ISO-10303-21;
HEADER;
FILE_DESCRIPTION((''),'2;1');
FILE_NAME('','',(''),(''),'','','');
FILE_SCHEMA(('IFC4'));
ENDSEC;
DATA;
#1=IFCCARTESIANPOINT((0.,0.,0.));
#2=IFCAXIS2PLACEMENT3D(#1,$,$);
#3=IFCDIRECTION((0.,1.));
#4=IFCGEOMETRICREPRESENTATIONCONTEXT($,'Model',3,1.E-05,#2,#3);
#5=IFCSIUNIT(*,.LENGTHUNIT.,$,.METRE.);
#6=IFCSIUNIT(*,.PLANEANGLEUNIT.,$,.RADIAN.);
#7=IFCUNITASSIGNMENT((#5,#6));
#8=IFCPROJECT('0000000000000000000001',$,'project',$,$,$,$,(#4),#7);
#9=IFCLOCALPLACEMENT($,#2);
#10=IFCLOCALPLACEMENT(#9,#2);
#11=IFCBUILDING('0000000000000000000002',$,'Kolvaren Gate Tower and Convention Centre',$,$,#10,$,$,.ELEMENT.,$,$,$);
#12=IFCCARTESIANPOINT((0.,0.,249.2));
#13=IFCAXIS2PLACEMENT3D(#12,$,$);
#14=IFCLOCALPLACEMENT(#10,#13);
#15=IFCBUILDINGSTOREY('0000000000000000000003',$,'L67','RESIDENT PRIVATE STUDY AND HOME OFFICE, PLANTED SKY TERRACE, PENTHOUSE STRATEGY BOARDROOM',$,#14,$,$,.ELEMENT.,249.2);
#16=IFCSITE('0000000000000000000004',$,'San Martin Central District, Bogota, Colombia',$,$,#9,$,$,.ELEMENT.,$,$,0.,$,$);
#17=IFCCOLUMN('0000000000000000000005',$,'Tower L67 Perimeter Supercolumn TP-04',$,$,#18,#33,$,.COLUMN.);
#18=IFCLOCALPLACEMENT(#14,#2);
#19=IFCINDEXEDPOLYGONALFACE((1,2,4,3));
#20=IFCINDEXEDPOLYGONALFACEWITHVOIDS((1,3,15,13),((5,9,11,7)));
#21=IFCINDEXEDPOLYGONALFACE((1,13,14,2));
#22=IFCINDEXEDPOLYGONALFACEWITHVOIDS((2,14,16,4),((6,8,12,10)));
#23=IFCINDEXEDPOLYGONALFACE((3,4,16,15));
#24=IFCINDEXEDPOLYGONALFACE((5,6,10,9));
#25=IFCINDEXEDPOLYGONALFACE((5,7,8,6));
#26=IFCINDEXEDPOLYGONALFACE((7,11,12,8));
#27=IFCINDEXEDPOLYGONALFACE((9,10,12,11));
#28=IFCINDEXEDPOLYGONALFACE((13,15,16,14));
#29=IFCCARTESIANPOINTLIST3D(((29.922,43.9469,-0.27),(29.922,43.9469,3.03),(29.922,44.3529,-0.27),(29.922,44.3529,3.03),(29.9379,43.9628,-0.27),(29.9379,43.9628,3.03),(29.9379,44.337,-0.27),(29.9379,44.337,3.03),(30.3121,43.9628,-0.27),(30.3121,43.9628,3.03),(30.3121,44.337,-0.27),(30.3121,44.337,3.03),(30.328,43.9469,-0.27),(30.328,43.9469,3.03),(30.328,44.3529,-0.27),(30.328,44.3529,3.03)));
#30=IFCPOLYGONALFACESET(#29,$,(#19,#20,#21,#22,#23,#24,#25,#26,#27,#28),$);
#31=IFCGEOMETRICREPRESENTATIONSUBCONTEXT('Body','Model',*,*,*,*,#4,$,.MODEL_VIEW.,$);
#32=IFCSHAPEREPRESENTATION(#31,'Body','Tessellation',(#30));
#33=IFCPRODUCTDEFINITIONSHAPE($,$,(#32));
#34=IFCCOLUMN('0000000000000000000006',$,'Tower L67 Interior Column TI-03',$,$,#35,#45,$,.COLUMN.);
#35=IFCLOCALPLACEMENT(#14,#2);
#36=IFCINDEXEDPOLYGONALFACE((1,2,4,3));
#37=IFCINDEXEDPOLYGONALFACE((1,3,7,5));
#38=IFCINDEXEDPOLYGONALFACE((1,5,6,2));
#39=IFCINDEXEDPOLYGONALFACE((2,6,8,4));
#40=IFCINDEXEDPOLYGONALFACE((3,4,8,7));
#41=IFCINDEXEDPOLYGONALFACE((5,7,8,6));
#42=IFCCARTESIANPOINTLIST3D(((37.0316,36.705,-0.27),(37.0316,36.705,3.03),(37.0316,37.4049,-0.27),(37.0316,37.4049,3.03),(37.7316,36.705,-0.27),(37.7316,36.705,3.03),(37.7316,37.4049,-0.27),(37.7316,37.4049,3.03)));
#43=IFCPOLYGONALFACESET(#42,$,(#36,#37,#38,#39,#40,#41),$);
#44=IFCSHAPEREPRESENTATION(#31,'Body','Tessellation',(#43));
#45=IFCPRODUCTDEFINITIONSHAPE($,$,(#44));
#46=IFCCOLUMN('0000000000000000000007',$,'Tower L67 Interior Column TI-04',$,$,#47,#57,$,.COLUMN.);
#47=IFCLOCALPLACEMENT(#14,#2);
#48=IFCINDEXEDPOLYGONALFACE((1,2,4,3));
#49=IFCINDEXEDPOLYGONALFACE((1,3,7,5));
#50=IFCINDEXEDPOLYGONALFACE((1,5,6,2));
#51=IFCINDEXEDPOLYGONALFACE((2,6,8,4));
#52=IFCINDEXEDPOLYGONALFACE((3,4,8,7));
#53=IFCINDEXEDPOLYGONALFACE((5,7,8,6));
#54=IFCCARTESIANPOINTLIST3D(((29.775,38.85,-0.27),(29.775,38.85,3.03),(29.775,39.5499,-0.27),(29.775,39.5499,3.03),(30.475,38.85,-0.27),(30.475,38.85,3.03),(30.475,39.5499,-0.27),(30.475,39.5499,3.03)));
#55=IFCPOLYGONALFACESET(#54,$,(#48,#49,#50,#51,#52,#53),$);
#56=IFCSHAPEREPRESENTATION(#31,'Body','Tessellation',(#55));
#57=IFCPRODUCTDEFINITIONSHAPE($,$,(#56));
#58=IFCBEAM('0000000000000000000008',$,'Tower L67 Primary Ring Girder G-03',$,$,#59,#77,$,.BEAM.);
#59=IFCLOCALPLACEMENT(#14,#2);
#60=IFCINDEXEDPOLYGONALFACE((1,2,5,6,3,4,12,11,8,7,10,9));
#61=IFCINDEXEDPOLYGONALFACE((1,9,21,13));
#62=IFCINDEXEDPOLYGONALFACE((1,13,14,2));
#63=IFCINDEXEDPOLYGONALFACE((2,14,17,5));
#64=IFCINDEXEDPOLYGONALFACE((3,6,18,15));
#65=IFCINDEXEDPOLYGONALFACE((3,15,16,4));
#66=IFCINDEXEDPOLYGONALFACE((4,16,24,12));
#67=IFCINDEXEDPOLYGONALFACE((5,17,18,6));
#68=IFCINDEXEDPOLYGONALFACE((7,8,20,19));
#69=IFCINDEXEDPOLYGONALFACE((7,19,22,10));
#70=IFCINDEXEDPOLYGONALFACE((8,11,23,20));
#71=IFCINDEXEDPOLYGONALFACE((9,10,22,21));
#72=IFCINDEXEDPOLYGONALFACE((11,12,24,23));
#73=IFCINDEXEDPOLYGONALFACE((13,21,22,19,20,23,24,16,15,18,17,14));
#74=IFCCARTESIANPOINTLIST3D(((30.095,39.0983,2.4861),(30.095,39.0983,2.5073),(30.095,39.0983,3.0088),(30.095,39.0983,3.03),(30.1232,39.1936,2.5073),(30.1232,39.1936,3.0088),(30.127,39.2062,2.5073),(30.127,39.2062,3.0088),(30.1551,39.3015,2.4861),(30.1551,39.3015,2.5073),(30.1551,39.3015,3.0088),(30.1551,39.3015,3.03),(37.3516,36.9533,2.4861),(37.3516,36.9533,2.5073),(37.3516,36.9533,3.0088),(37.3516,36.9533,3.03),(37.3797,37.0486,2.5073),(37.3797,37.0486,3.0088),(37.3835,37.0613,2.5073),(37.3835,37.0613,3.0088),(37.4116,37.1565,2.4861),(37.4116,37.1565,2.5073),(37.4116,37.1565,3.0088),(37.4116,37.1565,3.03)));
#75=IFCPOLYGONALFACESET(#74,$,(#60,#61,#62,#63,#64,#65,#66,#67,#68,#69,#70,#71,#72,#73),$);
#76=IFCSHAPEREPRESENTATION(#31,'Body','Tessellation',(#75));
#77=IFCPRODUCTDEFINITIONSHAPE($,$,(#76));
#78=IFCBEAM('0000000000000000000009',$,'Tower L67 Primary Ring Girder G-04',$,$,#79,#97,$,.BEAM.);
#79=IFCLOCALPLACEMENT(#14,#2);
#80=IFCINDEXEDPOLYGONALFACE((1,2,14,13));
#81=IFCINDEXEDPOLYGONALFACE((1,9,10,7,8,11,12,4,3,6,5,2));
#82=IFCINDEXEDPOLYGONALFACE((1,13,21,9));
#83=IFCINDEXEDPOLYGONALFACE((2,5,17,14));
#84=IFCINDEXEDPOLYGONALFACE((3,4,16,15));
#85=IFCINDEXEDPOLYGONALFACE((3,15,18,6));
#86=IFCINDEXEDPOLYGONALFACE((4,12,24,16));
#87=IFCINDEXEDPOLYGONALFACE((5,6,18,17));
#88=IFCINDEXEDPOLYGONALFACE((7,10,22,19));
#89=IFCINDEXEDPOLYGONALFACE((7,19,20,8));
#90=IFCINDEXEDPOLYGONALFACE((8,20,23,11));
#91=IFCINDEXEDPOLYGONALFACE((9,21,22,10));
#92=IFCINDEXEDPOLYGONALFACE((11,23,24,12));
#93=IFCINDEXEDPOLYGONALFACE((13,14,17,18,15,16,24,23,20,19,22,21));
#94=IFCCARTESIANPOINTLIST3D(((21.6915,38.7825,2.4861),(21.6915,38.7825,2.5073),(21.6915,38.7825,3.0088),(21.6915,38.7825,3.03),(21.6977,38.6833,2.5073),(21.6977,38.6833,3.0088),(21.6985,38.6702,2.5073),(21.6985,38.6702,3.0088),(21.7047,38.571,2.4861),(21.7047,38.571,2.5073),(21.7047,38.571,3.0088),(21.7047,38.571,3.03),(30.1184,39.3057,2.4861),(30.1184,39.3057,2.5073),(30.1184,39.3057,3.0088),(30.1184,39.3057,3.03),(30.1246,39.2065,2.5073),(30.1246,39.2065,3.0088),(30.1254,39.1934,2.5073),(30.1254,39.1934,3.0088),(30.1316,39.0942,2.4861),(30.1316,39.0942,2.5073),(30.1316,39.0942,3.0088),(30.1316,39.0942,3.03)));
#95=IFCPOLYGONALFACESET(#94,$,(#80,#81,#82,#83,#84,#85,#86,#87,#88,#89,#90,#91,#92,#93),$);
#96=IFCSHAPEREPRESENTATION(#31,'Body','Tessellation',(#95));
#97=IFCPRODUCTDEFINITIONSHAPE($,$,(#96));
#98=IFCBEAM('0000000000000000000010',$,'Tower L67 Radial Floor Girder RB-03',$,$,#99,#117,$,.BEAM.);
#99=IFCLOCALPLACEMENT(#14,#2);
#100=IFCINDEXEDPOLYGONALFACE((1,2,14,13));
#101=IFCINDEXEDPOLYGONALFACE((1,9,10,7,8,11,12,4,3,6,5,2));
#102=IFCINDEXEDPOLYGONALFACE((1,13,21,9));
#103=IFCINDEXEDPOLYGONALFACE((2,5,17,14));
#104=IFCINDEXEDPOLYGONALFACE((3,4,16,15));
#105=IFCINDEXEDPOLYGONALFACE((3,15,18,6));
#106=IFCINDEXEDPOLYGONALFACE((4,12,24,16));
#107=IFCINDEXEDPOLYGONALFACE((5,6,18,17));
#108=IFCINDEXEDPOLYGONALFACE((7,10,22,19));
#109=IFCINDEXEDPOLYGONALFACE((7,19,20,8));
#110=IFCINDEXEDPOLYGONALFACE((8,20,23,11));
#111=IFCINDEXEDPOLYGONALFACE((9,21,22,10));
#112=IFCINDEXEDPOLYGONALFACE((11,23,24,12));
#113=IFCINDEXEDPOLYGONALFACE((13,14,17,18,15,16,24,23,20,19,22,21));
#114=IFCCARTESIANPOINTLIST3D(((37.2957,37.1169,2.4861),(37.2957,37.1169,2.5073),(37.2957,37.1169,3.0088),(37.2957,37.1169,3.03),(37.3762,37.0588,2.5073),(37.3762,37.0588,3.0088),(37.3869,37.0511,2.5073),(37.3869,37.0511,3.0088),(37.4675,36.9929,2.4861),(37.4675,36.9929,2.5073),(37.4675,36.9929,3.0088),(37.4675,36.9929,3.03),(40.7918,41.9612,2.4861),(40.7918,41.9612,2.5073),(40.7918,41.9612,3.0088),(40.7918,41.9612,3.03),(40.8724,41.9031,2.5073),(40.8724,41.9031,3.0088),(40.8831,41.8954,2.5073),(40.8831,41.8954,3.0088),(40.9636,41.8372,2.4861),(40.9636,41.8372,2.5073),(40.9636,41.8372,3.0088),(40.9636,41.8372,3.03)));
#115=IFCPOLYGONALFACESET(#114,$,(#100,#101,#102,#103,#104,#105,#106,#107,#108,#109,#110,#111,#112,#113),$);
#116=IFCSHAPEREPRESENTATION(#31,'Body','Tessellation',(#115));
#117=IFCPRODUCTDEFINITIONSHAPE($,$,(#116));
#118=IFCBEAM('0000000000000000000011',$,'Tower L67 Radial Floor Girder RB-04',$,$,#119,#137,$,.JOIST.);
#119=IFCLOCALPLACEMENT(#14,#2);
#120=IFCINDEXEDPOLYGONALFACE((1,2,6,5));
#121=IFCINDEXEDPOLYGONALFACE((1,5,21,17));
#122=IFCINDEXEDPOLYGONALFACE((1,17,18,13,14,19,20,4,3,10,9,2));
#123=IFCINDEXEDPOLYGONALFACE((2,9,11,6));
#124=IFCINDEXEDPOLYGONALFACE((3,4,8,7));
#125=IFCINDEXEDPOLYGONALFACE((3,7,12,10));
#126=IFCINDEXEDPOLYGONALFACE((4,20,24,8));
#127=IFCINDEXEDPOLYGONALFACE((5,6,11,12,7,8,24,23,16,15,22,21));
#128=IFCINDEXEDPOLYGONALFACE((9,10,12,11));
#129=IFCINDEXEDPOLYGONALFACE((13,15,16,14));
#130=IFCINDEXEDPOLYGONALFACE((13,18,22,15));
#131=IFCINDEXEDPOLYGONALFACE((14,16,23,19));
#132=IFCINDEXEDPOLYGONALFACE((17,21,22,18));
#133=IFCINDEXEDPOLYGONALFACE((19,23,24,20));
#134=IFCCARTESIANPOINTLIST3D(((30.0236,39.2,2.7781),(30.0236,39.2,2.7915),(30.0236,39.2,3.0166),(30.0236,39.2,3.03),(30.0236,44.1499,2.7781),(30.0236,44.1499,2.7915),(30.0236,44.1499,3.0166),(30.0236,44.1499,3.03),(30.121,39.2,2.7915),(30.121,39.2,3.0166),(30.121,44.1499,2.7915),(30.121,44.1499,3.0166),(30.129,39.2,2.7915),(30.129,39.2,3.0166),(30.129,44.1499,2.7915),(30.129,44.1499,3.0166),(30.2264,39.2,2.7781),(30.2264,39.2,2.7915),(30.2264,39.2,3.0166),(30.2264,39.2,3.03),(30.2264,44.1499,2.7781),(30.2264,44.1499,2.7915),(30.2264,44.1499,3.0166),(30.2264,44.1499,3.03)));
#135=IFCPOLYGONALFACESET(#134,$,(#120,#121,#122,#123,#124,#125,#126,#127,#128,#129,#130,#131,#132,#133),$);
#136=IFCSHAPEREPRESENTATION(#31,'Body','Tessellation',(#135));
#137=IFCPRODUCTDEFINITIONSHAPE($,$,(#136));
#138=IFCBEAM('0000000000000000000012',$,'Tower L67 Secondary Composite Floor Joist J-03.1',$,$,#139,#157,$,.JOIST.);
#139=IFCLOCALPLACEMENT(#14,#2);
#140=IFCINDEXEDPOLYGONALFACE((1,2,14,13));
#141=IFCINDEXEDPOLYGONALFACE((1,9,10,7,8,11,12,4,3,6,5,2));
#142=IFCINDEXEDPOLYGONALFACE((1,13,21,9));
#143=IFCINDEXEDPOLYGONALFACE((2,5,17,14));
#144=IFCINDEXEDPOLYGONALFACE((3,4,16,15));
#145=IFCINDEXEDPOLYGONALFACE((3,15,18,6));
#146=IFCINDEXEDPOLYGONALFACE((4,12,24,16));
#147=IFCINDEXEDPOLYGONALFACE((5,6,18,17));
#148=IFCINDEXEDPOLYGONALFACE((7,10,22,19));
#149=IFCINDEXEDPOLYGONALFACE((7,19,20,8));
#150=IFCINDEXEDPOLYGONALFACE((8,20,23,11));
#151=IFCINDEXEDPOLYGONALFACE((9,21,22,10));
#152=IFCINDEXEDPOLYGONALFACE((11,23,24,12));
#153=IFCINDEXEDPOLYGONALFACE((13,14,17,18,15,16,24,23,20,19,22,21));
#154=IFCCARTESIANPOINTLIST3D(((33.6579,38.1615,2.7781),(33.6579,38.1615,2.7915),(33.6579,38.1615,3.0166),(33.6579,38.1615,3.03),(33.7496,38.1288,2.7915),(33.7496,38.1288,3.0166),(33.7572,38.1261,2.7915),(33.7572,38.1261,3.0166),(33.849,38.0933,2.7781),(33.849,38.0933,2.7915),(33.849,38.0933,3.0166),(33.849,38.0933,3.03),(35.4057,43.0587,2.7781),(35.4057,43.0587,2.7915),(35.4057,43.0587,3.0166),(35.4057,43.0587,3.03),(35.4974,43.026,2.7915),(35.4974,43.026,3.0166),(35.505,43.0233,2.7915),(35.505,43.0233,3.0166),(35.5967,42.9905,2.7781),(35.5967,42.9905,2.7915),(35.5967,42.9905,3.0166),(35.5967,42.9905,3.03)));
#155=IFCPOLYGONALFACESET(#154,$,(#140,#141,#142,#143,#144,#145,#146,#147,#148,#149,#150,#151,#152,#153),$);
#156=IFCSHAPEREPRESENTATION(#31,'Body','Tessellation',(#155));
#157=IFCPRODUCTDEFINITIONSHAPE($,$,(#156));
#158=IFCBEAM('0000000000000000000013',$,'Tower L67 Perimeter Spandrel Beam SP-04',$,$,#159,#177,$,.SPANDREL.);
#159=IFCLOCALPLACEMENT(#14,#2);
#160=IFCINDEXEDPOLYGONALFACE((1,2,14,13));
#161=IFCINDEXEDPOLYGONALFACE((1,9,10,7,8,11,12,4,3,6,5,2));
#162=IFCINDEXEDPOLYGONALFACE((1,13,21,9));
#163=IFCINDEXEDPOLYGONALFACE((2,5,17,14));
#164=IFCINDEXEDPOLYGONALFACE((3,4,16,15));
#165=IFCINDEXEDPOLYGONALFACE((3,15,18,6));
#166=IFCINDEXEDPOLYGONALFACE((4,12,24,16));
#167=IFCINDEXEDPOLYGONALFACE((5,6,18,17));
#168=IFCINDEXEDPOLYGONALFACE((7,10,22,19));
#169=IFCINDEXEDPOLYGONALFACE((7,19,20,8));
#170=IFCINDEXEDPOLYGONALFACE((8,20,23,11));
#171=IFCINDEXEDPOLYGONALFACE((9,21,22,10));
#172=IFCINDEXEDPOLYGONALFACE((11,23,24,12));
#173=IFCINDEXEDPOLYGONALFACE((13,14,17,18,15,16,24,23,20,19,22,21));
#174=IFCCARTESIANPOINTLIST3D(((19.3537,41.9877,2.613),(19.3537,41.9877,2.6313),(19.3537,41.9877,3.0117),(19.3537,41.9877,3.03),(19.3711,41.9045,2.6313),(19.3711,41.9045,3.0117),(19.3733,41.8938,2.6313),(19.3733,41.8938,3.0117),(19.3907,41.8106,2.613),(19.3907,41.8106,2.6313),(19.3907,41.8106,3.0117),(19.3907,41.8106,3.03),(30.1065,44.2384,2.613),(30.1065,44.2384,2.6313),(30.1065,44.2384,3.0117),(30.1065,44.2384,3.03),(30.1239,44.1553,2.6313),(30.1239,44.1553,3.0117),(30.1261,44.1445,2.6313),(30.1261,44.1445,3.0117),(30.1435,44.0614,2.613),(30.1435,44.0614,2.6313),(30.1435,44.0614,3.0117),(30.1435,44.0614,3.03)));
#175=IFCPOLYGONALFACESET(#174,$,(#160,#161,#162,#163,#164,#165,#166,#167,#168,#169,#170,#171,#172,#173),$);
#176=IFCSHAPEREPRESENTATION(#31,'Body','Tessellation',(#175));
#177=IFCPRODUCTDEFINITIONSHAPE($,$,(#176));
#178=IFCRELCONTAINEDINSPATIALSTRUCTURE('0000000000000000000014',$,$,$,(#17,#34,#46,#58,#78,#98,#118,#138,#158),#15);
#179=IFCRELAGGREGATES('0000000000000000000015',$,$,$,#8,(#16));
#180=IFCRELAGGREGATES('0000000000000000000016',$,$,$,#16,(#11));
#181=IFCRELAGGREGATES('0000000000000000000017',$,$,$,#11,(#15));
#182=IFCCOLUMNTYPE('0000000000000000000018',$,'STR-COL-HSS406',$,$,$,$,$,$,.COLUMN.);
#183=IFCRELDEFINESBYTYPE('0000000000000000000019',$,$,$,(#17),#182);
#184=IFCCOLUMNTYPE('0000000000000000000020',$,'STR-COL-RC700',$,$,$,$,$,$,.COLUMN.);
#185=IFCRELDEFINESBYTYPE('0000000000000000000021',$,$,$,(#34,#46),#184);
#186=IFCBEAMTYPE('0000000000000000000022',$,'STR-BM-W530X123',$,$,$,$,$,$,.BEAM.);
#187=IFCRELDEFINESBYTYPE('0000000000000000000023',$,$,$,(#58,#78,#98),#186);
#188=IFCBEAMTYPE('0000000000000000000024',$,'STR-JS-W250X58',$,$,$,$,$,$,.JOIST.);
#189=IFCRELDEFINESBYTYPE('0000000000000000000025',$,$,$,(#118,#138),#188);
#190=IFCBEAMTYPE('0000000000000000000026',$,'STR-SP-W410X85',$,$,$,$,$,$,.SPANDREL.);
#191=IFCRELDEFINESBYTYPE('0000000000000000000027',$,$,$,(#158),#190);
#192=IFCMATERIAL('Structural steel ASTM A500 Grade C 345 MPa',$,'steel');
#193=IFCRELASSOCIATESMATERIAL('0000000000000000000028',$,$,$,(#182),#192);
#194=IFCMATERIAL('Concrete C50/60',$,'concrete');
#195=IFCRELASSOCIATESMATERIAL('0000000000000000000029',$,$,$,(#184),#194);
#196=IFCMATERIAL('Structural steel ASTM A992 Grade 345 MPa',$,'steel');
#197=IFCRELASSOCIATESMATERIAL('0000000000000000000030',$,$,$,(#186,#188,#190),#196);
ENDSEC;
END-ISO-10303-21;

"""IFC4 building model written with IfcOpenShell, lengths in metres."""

from ifc_helpers import new_model, si_unit, direction, frame, origin, origin_2d, place, context, subcontext, project, spatial, rectangle, hollow_rectangle, i_section, extrude, material, material_profile, profile_set, type_object, element, save


model = new_model("IFC4")

# Units and contexts
model_context = context("Model", 3, precision=1e-05, world=origin(), true_north=direction((0.0, 1.0)))
body_context = subcontext(model_context, "Body", "Model", "MODEL_VIEW")
ifc_project = project(units=[si_unit("LENGTHUNIT", "METRE"), si_unit("PLANEANGLEUNIT", "RADIAN")], contexts=[model_context])

# Site, building, storey
site_placement = place(None, origin())
site = spatial("IfcSite", under=ifc_project, at=site_placement, Name="San Martin Central District, Bogota, Colombia", CompositionType="ELEMENT", RefElevation=0.0)
building_placement = place(site_placement, origin())
building = spatial("IfcBuilding", under=site, at=building_placement, Name="Kolvaren Gate Tower and Convention Centre", CompositionType="ELEMENT")
storey_placement = place(building_placement, frame((0.0, 0.0, 249.2)))
storey = spatial("IfcBuildingStorey", under=building, at=storey_placement, Name="L67", Description="RESIDENT PRIVATE STUDY AND HOME OFFICE, PLANTED SKY TERRACE, PENTHOUSE STRATEGY BOARDROOM", CompositionType="ELEMENT", Elevation=249.2)

# Columns
ifc_material_1 = material(Name="Structural steel ASTM A500 Grade C 345 MPa", Category="steel")
ifc_material_profile_1 = material_profile(ifc_material_1, hollow_rectangle(XDim=0.406, YDim=0.406, WallThickness=0.0159, at=origin_2d()), Name="HSS406X406X15.9")
ifc_profile_set_1 = profile_set([ifc_material_profile_1], Name="Structural steel ASTM A500 Grade C 345 MPa")
column_type_1 = type_object("IfcColumnType", Name="STR-COL-HSS406", PredefinedType="COLUMN", material=ifc_profile_set_1)
column_placement = place(storey_placement, frame((30.125, 44.1499, -0.27), z_axis=(0.0, 0.0, 1.0), x_axis=(1.0, 0.0, 0.0)))
element("IfcColumn", 1, at=column_placement, inside=storey, type_object=column_type_1, Name="Tower L67 Perimeter Supercolumn TP-04", PredefinedType="COLUMN", context=body_context, shape_type="SweptSolid", body=[
    extrude(hollow_rectangle(XDim=0.406, YDim=0.406, WallThickness=0.0159, at=origin_2d()), origin(), (0.0, 0.0, 1.0), 3.3),
])
ifc_material_2 = material(Name="Concrete C50/60", Category="concrete")
ifc_material_profile_2 = material_profile(ifc_material_2, rectangle(XDim=0.7, YDim=0.7, at=origin_2d()), Name="RC-COL-700X700")
ifc_profile_set_2 = profile_set([ifc_material_profile_2], Name="Concrete C50/60")
column_type_2 = type_object("IfcColumnType", Name="STR-COL-RC700", PredefinedType="COLUMN", material=ifc_profile_set_2)
for number, where, z_axis, x_axis, name in (
    (2, (37.3816, 37.0549, -0.27), (0.0, 0.0, 1.0), (1.0, 0.0, 0.0), "Tower L67 Interior Column TI-03"),
    (3, (30.125, 39.2, -0.27), (0.0, 0.0, 1.0), (1.0, 0.0, 0.0), "Tower L67 Interior Column TI-04"),
):
    element("IfcColumn", number, at=place(storey_placement, frame(where, z_axis=z_axis, x_axis=x_axis)), inside=storey, type_object=column_type_2, Name=name, PredefinedType="COLUMN", context=body_context, shape_type="SweptSolid", body=[
        extrude(rectangle(XDim=0.7, YDim=0.7, at=origin_2d()), origin(), (0.0, 0.0, 1.0), 3.3),
    ])

# Beams
ifc_material_3 = material(Name="Structural steel ASTM A992 Grade 345 MPa", Category="steel")
ifc_material_profile_3 = material_profile(ifc_material_3, i_section(OverallWidth=0.2119, OverallDepth=0.5439, WebThickness=0.0132, FlangeThickness=0.0212, at=origin_2d()), Name="W530X123")
ifc_profile_set_3 = profile_set([ifc_material_profile_3], Name="Structural steel ASTM A992 Grade 345 MPa")
beam_type_1 = type_object("IfcBeamType", Name="STR-BM-W530X123", PredefinedType="BEAM", material=ifc_profile_set_3)
beam_1_placement = place(storey_placement, frame((37.3816, 37.0549, 2.7581), z_axis=(-0.958981, 0.283471, 0.0), x_axis=(-0.283471, -0.958981, 0.0)))
element("IfcBeam", 4, at=beam_1_placement, inside=storey, type_object=beam_type_1, Name="Tower L67 Primary Ring Girder G-03", PredefinedType="BEAM", context=body_context, shape_type="SweptSolid", body=[
    extrude(i_section(OverallWidth=0.2119, OverallDepth=0.5439, WebThickness=0.0132, FlangeThickness=0.0212, at=origin_2d()), origin(), (0.0, 0.0, 1.0), 7.5669),
])
beam_2_placement = place(storey_placement, frame((30.125, 39.2, 2.7581), z_axis=(-0.998078, -0.061966, 0.0), x_axis=(0.061966, -0.998078, 0.0)))
element("IfcBeam", 5, at=beam_2_placement, inside=storey, type_object=beam_type_1, Name="Tower L67 Primary Ring Girder G-04", PredefinedType="BEAM", context=body_context, shape_type="SweptSolid", body=[
    extrude(i_section(OverallWidth=0.2119, OverallDepth=0.5439, WebThickness=0.0132, FlangeThickness=0.0212, at=origin_2d()), origin(), (0.0, 0.0, 1.0), 8.4431),
])
beam_3_placement = place(storey_placement, frame((37.3816, 37.0549, 2.7581), z_axis=(0.585213, 0.81088, 0.0), x_axis=(-0.81088, 0.585213, 0.0)))
element("IfcBeam", 6, at=beam_3_placement, inside=storey, type_object=beam_type_1, Name="Tower L67 Radial Floor Girder RB-03", PredefinedType="BEAM", context=body_context, shape_type="SweptSolid", body=[
    extrude(i_section(OverallWidth=0.2119, OverallDepth=0.5439, WebThickness=0.0132, FlangeThickness=0.0212, at=origin_2d()), origin(), (0.0, 0.0, 1.0), 5.9741),
])
ifc_material_profile_4 = material_profile(ifc_material_3, i_section(OverallWidth=0.2029, OverallDepth=0.252, WebThickness=0.0081, FlangeThickness=0.0134, at=origin_2d()), Name="W250X58")
ifc_profile_set_4 = profile_set([ifc_material_profile_4], Name="Structural steel ASTM A992 Grade 345 MPa")
beam_type_2 = type_object("IfcBeamType", Name="STR-JS-W250X58", PredefinedType="JOIST", material=ifc_profile_set_4)
beam_4_placement = place(storey_placement, frame((30.125, 39.2, 2.9041), z_axis=(0.0, 1.0, 0.0), x_axis=(-1.0, 0.0, 0.0)))
element("IfcBeam", 7, at=beam_4_placement, inside=storey, type_object=beam_type_2, Name="Tower L67 Radial Floor Girder RB-04", PredefinedType="JOIST", context=body_context, shape_type="SweptSolid", body=[
    extrude(i_section(OverallWidth=0.2029, OverallDepth=0.252, WebThickness=0.0081, FlangeThickness=0.0134, at=origin_2d()), origin(), (0.0, 0.0, 1.0), 4.95),
])
beam_5_placement = place(storey_placement, frame((33.7534, 38.1274, 2.9041), z_axis=(0.336131, 0.941815, 0.0), x_axis=(-0.941815, 0.336131, 0.0)))
element("IfcBeam", 8, at=beam_5_placement, inside=storey, type_object=beam_type_2, Name="Tower L67 Secondary Composite Floor Joist J-03.1", PredefinedType="JOIST", context=body_context, shape_type="SweptSolid", body=[
    extrude(i_section(OverallWidth=0.2029, OverallDepth=0.252, WebThickness=0.0081, FlangeThickness=0.0134, at=origin_2d()), origin(), (0.0, 0.0, 1.0), 5.1997),
])
ifc_material_profile_5 = material_profile(ifc_material_3, i_section(OverallWidth=0.1809, OverallDepth=0.417, WebThickness=0.011, FlangeThickness=0.0183, at=origin_2d()), Name="W410X85")
ifc_profile_set_5 = profile_set([ifc_material_profile_5], Name="Structural steel ASTM A992 Grade 345 MPa")
beam_type_3 = type_object("IfcBeamType", Name="STR-SP-W410X85", PredefinedType="SPANDREL", material=ifc_profile_set_5)
beam_6_placement = place(storey_placement, frame((30.125, 44.1499, 2.8215), z_axis=(-0.978788, -0.204878, 0.0), x_axis=(0.204878, -0.978788, 0.0)))
element("IfcBeam", 9, at=beam_6_placement, inside=storey, type_object=beam_type_3, Name="Tower L67 Perimeter Spandrel Beam SP-04", PredefinedType="SPANDREL", context=body_context, shape_type="SweptSolid", body=[
    extrude(i_section(OverallWidth=0.1809, OverallDepth=0.417, WebThickness=0.011, FlangeThickness=0.0183, at=origin_2d()), origin(), (0.0, 0.0, 1.0), 10.9858),
])

save(model, "model.ifc")
